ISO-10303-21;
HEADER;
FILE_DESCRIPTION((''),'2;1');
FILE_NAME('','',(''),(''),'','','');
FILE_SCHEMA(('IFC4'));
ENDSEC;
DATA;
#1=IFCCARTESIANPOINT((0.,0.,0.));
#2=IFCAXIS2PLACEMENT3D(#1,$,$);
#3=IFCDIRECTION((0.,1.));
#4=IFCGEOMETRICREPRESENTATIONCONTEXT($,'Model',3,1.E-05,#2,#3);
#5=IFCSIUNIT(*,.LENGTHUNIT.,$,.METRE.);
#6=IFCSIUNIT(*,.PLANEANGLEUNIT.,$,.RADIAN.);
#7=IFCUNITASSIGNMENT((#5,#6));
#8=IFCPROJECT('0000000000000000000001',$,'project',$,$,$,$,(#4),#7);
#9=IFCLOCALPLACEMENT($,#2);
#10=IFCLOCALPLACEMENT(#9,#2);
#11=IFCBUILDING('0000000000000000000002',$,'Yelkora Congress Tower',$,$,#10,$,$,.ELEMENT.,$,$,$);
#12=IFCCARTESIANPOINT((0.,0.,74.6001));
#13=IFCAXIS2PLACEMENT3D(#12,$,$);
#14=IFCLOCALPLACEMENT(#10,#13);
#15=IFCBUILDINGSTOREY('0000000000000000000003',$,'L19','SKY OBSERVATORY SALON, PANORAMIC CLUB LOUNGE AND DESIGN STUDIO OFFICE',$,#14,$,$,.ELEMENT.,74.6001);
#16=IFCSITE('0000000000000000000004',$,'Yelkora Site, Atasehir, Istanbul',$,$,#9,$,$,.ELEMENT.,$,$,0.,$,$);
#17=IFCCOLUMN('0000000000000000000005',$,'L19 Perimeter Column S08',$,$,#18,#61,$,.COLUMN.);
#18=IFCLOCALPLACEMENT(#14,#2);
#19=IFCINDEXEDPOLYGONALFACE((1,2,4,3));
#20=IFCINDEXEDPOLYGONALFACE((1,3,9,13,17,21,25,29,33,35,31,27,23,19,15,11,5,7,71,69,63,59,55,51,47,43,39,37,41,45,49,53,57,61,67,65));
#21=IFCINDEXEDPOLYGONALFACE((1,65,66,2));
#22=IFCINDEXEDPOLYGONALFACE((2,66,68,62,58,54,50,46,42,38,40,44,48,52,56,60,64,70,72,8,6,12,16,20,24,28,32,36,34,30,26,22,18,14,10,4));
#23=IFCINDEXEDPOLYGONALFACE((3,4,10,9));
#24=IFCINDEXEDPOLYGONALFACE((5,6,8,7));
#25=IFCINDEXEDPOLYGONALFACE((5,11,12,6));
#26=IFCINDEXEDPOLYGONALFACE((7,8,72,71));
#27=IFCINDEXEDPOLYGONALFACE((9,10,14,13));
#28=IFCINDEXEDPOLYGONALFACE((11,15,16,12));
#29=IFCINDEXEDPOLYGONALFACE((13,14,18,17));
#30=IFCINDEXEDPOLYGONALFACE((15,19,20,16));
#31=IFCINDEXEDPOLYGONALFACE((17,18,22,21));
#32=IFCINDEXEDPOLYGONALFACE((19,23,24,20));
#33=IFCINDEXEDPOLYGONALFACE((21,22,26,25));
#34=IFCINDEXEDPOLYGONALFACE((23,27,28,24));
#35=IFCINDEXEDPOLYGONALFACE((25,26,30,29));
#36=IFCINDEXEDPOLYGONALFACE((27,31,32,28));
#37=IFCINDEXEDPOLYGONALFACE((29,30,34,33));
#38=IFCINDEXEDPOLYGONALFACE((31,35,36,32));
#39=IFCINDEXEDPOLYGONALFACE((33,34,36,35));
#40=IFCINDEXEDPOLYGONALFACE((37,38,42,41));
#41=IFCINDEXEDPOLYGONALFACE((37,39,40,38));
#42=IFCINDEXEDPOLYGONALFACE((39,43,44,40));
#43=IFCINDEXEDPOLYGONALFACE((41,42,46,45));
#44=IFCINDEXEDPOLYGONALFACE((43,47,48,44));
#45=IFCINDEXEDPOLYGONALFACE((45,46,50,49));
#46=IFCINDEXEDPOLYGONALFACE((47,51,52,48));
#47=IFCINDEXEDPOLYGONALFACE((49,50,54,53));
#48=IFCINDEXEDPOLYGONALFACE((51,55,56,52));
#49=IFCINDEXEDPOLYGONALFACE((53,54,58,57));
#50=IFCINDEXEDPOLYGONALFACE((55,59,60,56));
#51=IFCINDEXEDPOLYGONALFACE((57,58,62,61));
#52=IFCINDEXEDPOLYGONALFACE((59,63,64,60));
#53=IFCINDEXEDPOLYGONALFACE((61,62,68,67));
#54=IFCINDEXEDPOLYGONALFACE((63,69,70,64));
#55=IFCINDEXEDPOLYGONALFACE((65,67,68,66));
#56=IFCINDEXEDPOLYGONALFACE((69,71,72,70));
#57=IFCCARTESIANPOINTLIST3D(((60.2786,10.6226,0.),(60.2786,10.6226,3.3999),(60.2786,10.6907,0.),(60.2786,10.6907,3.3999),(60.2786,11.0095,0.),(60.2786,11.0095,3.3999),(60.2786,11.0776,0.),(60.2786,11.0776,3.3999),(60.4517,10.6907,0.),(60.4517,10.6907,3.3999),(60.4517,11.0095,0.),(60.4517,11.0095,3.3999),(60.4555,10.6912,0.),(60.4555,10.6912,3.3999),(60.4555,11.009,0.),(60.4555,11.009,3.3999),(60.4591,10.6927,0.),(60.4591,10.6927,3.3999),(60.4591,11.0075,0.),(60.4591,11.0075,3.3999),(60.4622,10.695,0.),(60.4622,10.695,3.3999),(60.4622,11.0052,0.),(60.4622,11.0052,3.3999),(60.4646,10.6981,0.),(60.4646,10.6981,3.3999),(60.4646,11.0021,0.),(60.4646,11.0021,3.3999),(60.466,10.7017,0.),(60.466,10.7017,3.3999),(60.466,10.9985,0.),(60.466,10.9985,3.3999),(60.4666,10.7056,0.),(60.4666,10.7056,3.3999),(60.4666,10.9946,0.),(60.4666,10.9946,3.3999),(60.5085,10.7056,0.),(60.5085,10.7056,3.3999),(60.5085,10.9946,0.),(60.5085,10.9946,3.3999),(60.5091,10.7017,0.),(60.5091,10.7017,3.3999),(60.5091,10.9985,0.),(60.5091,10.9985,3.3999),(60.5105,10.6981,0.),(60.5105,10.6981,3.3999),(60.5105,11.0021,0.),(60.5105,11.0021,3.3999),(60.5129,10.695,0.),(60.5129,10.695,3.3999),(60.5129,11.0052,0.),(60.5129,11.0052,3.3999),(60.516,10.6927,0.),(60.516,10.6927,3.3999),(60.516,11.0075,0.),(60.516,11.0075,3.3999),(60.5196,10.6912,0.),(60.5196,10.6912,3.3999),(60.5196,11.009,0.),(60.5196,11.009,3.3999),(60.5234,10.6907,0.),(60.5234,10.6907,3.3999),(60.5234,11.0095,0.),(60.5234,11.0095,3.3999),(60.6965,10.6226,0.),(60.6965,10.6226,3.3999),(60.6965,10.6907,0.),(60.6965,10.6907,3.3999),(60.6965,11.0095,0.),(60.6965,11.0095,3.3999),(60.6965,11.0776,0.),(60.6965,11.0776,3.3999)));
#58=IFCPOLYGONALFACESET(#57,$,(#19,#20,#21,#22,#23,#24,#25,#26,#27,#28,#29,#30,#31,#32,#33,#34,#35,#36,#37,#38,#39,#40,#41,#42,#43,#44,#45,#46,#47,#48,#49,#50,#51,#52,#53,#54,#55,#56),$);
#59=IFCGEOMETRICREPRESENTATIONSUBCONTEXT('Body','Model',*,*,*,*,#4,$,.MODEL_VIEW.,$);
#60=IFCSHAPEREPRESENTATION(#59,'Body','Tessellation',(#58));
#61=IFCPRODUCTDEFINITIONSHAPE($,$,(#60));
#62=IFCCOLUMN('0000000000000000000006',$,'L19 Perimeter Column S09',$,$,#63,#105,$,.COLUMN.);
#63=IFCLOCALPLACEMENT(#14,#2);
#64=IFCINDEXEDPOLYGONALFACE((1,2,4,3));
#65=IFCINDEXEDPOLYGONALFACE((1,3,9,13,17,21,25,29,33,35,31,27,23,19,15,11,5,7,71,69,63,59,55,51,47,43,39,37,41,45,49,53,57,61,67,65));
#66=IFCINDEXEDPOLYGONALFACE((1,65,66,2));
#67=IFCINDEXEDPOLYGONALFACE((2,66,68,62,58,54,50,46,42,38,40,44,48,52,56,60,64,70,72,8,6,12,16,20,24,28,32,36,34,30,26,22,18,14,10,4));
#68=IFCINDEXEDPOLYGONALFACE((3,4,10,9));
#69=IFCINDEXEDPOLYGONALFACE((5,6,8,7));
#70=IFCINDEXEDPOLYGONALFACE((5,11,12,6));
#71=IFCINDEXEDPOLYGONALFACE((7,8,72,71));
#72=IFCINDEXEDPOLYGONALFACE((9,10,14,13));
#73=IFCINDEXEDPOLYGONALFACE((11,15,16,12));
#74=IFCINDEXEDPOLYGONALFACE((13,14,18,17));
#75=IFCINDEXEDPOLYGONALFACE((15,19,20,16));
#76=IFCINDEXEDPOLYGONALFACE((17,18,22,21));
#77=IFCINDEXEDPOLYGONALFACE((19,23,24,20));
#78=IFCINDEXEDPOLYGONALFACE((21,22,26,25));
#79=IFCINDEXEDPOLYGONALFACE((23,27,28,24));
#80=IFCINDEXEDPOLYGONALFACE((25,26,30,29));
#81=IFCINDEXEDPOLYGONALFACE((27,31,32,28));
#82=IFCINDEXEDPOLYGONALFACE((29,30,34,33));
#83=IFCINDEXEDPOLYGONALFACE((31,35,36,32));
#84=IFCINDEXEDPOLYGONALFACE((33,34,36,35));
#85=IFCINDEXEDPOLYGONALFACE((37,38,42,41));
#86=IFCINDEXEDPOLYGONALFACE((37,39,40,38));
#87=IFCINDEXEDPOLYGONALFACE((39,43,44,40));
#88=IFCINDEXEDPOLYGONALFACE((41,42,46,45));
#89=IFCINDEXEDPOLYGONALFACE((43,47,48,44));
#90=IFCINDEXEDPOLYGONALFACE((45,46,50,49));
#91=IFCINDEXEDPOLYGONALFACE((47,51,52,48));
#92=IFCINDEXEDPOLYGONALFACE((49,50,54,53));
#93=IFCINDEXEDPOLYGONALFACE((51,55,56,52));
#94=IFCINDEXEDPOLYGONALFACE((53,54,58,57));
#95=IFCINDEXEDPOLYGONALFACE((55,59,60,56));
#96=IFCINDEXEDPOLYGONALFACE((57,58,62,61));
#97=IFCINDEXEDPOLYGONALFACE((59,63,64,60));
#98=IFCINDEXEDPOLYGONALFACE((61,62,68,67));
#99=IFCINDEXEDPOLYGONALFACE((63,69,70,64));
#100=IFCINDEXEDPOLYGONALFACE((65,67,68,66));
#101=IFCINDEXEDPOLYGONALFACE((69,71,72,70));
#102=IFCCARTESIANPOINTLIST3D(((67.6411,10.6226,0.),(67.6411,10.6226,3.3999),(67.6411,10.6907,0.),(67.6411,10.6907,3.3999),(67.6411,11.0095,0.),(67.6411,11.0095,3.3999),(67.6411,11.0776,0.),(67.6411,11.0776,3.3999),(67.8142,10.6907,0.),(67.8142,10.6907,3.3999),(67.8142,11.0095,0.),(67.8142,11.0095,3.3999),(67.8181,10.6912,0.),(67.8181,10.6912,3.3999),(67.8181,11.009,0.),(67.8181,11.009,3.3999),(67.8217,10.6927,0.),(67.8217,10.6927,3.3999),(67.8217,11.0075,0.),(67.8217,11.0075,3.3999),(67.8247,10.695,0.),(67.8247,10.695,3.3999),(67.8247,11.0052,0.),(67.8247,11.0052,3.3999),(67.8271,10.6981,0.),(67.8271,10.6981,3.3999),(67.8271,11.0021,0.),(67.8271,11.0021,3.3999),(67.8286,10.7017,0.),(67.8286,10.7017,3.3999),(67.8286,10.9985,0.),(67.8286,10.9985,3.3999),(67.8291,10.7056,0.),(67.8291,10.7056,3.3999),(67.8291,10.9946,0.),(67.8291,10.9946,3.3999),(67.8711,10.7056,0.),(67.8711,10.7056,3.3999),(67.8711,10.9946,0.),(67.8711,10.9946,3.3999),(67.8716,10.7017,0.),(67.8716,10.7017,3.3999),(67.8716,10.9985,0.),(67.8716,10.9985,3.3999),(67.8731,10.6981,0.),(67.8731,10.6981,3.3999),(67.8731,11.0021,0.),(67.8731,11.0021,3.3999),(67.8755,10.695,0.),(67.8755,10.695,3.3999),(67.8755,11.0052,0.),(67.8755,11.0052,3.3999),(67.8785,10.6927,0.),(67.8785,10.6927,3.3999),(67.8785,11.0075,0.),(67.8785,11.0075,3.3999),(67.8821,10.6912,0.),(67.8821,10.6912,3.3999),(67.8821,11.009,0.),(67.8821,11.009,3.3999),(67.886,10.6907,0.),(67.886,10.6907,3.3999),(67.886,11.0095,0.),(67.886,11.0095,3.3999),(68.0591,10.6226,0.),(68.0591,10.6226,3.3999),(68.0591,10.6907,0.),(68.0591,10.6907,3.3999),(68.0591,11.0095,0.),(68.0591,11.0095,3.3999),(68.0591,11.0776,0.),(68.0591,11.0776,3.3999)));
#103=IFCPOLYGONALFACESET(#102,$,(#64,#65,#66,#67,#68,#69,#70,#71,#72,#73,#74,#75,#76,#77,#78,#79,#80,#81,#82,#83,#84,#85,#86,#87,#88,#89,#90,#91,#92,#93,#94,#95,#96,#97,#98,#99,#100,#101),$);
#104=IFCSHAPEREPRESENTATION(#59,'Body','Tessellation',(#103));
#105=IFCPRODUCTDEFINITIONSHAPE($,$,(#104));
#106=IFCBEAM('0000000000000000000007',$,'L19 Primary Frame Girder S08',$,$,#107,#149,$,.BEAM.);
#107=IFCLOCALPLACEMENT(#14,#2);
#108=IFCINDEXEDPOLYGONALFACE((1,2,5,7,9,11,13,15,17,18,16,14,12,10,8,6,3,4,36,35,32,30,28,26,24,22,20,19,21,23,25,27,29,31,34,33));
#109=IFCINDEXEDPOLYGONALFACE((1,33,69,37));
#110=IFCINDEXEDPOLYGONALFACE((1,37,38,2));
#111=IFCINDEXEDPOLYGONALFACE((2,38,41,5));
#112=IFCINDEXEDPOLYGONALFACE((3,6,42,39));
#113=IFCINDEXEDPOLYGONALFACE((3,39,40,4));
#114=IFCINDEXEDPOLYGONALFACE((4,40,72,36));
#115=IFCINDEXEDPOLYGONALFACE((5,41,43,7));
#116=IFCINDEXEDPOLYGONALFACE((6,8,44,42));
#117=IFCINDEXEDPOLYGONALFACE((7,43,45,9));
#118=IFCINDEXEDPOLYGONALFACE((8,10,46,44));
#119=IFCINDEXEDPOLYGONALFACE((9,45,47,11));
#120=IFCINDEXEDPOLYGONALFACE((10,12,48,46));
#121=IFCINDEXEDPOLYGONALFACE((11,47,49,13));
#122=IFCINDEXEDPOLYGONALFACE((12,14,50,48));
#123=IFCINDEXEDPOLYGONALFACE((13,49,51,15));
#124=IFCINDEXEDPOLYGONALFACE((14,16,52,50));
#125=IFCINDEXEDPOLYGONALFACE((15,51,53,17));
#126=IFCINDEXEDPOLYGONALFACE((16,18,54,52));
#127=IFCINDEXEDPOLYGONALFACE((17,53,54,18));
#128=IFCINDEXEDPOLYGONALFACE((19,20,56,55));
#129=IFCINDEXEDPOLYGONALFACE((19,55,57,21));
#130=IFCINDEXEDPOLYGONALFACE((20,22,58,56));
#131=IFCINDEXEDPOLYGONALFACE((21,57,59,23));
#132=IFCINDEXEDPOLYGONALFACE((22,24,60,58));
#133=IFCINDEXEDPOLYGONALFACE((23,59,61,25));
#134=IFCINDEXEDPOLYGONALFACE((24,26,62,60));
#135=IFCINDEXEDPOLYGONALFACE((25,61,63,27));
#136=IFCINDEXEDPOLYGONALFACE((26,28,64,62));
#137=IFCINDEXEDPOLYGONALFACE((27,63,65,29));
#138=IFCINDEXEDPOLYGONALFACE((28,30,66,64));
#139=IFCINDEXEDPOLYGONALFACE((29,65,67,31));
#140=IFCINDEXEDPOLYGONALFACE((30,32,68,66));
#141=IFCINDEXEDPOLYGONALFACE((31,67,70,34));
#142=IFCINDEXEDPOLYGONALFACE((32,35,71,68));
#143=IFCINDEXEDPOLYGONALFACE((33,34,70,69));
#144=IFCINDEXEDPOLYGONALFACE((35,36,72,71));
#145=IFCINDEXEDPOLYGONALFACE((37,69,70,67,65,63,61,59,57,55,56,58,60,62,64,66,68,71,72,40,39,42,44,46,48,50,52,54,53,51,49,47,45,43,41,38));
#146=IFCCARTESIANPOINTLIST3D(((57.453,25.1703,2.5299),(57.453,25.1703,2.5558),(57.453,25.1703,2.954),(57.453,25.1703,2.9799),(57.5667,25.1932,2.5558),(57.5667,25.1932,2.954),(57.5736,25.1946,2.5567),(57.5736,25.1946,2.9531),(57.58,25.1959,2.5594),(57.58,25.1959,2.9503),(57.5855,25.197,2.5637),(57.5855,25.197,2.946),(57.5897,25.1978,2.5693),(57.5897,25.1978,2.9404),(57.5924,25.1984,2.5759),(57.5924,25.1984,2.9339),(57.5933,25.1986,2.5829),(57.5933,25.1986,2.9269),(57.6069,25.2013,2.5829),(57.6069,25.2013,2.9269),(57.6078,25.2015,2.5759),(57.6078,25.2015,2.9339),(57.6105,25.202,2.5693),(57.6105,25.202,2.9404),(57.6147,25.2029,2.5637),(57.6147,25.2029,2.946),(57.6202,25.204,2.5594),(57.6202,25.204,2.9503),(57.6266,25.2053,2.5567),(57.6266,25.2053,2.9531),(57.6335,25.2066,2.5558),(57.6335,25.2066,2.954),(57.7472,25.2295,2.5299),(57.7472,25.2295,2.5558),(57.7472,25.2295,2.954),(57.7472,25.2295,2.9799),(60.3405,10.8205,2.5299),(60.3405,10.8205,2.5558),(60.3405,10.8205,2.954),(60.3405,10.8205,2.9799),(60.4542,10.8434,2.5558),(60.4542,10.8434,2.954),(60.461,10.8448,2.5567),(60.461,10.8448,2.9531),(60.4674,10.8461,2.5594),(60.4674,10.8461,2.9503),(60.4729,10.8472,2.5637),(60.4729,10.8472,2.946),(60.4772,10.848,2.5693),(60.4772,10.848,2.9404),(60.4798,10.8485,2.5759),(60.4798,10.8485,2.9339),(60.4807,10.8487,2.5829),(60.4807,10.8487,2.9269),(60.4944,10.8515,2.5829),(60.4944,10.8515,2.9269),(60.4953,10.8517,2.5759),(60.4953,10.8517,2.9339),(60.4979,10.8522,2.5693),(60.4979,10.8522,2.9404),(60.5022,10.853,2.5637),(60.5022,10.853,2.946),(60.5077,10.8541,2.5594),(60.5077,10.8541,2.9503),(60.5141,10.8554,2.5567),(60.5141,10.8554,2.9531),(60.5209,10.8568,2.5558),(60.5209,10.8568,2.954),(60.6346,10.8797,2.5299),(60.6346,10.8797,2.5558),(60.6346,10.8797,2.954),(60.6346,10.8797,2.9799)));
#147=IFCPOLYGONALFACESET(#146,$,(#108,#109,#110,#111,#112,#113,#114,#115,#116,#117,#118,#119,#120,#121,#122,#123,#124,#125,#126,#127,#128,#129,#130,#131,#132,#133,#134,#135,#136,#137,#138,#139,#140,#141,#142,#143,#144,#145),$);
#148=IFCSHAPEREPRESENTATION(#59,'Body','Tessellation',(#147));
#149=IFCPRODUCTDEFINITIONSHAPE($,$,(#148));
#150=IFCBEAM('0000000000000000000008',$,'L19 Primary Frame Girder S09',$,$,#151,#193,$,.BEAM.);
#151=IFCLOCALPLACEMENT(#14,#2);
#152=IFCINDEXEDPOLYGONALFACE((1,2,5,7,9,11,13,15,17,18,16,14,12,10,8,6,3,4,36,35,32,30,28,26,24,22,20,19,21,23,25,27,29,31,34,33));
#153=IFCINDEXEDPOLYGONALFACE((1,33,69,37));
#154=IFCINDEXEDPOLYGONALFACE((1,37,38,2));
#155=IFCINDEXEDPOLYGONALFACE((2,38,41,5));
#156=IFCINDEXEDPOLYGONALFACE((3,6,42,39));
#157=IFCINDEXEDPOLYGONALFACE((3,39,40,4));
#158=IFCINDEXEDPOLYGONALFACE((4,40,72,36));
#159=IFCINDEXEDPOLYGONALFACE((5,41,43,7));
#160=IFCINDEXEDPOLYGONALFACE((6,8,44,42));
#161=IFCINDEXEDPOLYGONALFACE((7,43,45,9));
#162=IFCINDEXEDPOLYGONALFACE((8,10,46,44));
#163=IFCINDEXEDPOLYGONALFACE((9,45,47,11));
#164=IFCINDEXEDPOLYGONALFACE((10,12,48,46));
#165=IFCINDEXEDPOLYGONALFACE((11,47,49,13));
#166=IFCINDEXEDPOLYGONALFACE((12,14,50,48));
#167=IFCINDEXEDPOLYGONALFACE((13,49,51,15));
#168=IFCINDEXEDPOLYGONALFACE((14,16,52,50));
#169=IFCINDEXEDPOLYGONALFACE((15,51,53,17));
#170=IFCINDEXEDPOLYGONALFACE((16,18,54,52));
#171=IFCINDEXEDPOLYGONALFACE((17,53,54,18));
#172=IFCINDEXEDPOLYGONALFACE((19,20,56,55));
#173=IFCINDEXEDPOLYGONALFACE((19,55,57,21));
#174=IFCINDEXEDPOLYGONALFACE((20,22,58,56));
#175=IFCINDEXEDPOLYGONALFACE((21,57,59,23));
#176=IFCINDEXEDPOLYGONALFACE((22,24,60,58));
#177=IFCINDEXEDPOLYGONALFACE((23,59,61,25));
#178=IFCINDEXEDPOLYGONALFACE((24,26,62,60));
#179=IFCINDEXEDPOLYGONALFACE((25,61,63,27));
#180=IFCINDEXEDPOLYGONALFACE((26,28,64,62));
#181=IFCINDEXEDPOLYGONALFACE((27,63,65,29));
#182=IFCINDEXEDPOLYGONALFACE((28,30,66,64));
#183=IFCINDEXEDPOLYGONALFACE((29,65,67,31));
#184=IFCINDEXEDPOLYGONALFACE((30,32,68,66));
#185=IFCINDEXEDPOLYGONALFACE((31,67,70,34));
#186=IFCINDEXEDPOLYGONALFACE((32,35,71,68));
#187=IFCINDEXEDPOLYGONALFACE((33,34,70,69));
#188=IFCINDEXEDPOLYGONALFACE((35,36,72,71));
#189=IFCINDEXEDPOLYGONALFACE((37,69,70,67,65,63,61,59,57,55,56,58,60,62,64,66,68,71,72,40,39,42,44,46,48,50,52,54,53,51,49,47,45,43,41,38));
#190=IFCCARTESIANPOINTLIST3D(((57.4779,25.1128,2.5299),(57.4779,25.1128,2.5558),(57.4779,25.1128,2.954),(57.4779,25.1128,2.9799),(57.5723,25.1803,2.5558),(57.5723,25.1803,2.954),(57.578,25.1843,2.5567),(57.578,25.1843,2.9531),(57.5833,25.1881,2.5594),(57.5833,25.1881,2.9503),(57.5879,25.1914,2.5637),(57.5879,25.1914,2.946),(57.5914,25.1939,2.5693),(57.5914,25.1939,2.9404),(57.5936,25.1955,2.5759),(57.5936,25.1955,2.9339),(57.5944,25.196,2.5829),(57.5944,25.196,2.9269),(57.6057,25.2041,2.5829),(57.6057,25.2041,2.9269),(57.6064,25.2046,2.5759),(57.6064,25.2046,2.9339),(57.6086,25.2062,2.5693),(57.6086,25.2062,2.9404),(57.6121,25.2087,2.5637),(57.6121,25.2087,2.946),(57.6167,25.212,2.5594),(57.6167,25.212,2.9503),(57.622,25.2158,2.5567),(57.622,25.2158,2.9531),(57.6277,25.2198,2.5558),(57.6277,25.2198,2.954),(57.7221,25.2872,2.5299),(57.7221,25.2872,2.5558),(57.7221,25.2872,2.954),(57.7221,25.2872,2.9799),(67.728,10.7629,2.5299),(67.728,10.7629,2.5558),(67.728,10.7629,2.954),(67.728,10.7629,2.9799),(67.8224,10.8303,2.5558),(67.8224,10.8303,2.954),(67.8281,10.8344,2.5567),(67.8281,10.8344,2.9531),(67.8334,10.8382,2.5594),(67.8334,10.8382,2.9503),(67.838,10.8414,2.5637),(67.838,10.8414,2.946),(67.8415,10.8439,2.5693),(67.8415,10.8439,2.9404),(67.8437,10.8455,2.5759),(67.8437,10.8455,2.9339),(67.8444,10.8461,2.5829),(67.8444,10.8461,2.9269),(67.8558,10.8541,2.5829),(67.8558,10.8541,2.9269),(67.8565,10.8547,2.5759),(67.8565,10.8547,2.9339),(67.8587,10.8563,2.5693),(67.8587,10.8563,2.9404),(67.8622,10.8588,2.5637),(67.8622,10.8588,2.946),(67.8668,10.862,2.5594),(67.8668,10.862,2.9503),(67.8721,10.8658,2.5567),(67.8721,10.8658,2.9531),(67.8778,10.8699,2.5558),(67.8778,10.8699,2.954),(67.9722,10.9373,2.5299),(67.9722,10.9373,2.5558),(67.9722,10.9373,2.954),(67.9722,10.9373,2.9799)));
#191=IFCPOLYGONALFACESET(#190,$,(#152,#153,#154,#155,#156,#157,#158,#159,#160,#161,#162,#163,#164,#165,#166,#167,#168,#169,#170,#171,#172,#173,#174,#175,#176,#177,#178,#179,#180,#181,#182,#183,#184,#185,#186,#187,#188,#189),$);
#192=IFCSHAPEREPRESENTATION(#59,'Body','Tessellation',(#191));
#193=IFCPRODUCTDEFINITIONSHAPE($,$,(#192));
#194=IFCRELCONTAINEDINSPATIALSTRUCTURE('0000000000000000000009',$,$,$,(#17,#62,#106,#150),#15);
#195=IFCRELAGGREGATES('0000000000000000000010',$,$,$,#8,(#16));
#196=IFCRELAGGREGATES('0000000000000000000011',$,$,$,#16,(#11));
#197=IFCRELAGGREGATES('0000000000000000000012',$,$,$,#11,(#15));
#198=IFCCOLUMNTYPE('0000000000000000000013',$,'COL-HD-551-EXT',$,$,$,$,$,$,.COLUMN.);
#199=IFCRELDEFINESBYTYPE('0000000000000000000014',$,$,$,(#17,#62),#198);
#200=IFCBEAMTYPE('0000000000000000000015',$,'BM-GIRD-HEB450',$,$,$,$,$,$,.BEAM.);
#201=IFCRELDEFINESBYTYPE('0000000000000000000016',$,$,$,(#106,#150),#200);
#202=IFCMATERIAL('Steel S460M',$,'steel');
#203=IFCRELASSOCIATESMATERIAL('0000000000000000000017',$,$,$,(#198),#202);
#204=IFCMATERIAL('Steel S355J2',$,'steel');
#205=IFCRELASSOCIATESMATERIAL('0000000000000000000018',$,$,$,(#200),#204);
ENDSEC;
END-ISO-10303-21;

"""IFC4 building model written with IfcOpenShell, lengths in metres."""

from ifc_helpers import new_model, si_unit, direction, frame, origin, origin_2d, place, context, subcontext, project, spatial, i_section, extrude, material, material_profile, profile_set, type_object, element, save


model = new_model("IFC4")

# Units and contexts
model_context = context("Model", 3, precision=1e-05, world=origin(), true_north=direction((0.0, 1.0)))
body_context = subcontext(model_context, "Body", "Model", "MODEL_VIEW")
ifc_project = project(units=[si_unit("LENGTHUNIT", "METRE"), si_unit("PLANEANGLEUNIT", "RADIAN")], contexts=[model_context])

# Site, building, storey
site_placement = place(None, origin())
site = spatial("IfcSite", under=ifc_project, at=site_placement, Name="Yelkora Site, Atasehir, Istanbul", CompositionType="ELEMENT", RefElevation=0.0)
building_placement = place(site_placement, origin())
building = spatial("IfcBuilding", under=site, at=building_placement, Name="Yelkora Congress Tower", CompositionType="ELEMENT")
storey_placement = place(building_placement, frame((0.0, 0.0, 74.6001)))
storey = spatial("IfcBuildingStorey", under=building, at=storey_placement, Name="L19", Description="SKY OBSERVATORY SALON, PANORAMIC CLUB LOUNGE AND DESIGN STUDIO OFFICE", CompositionType="ELEMENT", Elevation=74.6001)

# Columns
ifc_material_1 = material(Name="Steel S460M", Category="steel")
ifc_material_profile_1 = material_profile(ifc_material_1, i_section(OverallWidth=0.418, OverallDepth=0.4551, WebThickness=0.042, FlangeThickness=0.0681, FilletRadius=0.0149, at=origin_2d()), Name="HD 400x551")
ifc_profile_set_1 = profile_set([ifc_material_profile_1], Name="Steel S460M")
column_type = type_object("IfcColumnType", Name="COL-HD-551-EXT", PredefinedType="COLUMN", material=ifc_profile_set_1)
for number, where, z_axis, x_axis, name in (
    (1, (60.4875, 10.8501, 0.0), (0.0, 0.0, 1.0), (1.0, 0.0, 0.0), "L19 Perimeter Column S08"),
    (2, (67.8501, 10.8501, 0.0), (0.0, 0.0, 1.0), (1.0, 0.0, 0.0), "L19 Perimeter Column S09"),
):
    element("IfcColumn", number, at=place(storey_placement, frame(where, z_axis=z_axis, x_axis=x_axis)), inside=storey, type_object=column_type, Name=name, PredefinedType="COLUMN", context=body_context, shape_type="SweptSolid", body=[
        extrude(i_section(OverallWidth=0.418, OverallDepth=0.4551, WebThickness=0.042, FlangeThickness=0.0681, FilletRadius=0.0149, at=origin_2d()), origin(), (0.0, 0.0, 1.0), 3.3999),
    ])

# Beams
ifc_material_2 = material(Name="Steel S355J2", Category="steel")
ifc_material_profile_2 = material_profile(ifc_material_2, i_section(OverallWidth=0.3, OverallDepth=0.45, WebThickness=0.0139, FlangeThickness=0.0259, FilletRadius=0.0271, at=origin_2d()), Name="HEB 450")
ifc_profile_set_2 = profile_set([ifc_material_profile_2], Name="Steel S355J2")
beam_type_1 = type_object("IfcBeamType", Name="BM-GIRD-HEB450", PredefinedType="BEAM", material=ifc_profile_set_2)
beam_1_placement = place(storey_placement, frame((60.4875, 10.8501, 2.7549), z_axis=(-0.197264, 0.98035, 0.0), x_axis=(-0.98035, -0.197264, 0.0)))
element("IfcBeam", 3, at=beam_1_placement, inside=storey, type_object=beam_type_1, Name="L19 Primary Frame Girder S08", PredefinedType="BEAM", context=body_context, shape_type="SweptSolid", body=[
    extrude(i_section(OverallWidth=0.3, OverallDepth=0.45, WebThickness=0.0139, FlangeThickness=0.0259, FilletRadius=0.0271, at=origin_2d()), origin(), (0.0, 0.0, 1.0), 14.6375),
])
beam_2_placement = place(storey_placement, frame((67.8501, 10.8501, 2.7549), z_axis=(-0.581242, 0.813731, 0.0), x_axis=(-0.813731, -0.581242, 0.0)))
element("IfcBeam", 4, at=beam_2_placement, inside=storey, type_object=beam_type_1, Name="L19 Primary Frame Girder S09", PredefinedType="BEAM", context=body_context, shape_type="SweptSolid", body=[
    extrude(i_section(OverallWidth=0.3, OverallDepth=0.45, WebThickness=0.0139, FlangeThickness=0.0259, FilletRadius=0.0271, at=origin_2d()), origin(), (0.0, 0.0, 1.0), 17.6348),
])

save(model, "model.ifc")
